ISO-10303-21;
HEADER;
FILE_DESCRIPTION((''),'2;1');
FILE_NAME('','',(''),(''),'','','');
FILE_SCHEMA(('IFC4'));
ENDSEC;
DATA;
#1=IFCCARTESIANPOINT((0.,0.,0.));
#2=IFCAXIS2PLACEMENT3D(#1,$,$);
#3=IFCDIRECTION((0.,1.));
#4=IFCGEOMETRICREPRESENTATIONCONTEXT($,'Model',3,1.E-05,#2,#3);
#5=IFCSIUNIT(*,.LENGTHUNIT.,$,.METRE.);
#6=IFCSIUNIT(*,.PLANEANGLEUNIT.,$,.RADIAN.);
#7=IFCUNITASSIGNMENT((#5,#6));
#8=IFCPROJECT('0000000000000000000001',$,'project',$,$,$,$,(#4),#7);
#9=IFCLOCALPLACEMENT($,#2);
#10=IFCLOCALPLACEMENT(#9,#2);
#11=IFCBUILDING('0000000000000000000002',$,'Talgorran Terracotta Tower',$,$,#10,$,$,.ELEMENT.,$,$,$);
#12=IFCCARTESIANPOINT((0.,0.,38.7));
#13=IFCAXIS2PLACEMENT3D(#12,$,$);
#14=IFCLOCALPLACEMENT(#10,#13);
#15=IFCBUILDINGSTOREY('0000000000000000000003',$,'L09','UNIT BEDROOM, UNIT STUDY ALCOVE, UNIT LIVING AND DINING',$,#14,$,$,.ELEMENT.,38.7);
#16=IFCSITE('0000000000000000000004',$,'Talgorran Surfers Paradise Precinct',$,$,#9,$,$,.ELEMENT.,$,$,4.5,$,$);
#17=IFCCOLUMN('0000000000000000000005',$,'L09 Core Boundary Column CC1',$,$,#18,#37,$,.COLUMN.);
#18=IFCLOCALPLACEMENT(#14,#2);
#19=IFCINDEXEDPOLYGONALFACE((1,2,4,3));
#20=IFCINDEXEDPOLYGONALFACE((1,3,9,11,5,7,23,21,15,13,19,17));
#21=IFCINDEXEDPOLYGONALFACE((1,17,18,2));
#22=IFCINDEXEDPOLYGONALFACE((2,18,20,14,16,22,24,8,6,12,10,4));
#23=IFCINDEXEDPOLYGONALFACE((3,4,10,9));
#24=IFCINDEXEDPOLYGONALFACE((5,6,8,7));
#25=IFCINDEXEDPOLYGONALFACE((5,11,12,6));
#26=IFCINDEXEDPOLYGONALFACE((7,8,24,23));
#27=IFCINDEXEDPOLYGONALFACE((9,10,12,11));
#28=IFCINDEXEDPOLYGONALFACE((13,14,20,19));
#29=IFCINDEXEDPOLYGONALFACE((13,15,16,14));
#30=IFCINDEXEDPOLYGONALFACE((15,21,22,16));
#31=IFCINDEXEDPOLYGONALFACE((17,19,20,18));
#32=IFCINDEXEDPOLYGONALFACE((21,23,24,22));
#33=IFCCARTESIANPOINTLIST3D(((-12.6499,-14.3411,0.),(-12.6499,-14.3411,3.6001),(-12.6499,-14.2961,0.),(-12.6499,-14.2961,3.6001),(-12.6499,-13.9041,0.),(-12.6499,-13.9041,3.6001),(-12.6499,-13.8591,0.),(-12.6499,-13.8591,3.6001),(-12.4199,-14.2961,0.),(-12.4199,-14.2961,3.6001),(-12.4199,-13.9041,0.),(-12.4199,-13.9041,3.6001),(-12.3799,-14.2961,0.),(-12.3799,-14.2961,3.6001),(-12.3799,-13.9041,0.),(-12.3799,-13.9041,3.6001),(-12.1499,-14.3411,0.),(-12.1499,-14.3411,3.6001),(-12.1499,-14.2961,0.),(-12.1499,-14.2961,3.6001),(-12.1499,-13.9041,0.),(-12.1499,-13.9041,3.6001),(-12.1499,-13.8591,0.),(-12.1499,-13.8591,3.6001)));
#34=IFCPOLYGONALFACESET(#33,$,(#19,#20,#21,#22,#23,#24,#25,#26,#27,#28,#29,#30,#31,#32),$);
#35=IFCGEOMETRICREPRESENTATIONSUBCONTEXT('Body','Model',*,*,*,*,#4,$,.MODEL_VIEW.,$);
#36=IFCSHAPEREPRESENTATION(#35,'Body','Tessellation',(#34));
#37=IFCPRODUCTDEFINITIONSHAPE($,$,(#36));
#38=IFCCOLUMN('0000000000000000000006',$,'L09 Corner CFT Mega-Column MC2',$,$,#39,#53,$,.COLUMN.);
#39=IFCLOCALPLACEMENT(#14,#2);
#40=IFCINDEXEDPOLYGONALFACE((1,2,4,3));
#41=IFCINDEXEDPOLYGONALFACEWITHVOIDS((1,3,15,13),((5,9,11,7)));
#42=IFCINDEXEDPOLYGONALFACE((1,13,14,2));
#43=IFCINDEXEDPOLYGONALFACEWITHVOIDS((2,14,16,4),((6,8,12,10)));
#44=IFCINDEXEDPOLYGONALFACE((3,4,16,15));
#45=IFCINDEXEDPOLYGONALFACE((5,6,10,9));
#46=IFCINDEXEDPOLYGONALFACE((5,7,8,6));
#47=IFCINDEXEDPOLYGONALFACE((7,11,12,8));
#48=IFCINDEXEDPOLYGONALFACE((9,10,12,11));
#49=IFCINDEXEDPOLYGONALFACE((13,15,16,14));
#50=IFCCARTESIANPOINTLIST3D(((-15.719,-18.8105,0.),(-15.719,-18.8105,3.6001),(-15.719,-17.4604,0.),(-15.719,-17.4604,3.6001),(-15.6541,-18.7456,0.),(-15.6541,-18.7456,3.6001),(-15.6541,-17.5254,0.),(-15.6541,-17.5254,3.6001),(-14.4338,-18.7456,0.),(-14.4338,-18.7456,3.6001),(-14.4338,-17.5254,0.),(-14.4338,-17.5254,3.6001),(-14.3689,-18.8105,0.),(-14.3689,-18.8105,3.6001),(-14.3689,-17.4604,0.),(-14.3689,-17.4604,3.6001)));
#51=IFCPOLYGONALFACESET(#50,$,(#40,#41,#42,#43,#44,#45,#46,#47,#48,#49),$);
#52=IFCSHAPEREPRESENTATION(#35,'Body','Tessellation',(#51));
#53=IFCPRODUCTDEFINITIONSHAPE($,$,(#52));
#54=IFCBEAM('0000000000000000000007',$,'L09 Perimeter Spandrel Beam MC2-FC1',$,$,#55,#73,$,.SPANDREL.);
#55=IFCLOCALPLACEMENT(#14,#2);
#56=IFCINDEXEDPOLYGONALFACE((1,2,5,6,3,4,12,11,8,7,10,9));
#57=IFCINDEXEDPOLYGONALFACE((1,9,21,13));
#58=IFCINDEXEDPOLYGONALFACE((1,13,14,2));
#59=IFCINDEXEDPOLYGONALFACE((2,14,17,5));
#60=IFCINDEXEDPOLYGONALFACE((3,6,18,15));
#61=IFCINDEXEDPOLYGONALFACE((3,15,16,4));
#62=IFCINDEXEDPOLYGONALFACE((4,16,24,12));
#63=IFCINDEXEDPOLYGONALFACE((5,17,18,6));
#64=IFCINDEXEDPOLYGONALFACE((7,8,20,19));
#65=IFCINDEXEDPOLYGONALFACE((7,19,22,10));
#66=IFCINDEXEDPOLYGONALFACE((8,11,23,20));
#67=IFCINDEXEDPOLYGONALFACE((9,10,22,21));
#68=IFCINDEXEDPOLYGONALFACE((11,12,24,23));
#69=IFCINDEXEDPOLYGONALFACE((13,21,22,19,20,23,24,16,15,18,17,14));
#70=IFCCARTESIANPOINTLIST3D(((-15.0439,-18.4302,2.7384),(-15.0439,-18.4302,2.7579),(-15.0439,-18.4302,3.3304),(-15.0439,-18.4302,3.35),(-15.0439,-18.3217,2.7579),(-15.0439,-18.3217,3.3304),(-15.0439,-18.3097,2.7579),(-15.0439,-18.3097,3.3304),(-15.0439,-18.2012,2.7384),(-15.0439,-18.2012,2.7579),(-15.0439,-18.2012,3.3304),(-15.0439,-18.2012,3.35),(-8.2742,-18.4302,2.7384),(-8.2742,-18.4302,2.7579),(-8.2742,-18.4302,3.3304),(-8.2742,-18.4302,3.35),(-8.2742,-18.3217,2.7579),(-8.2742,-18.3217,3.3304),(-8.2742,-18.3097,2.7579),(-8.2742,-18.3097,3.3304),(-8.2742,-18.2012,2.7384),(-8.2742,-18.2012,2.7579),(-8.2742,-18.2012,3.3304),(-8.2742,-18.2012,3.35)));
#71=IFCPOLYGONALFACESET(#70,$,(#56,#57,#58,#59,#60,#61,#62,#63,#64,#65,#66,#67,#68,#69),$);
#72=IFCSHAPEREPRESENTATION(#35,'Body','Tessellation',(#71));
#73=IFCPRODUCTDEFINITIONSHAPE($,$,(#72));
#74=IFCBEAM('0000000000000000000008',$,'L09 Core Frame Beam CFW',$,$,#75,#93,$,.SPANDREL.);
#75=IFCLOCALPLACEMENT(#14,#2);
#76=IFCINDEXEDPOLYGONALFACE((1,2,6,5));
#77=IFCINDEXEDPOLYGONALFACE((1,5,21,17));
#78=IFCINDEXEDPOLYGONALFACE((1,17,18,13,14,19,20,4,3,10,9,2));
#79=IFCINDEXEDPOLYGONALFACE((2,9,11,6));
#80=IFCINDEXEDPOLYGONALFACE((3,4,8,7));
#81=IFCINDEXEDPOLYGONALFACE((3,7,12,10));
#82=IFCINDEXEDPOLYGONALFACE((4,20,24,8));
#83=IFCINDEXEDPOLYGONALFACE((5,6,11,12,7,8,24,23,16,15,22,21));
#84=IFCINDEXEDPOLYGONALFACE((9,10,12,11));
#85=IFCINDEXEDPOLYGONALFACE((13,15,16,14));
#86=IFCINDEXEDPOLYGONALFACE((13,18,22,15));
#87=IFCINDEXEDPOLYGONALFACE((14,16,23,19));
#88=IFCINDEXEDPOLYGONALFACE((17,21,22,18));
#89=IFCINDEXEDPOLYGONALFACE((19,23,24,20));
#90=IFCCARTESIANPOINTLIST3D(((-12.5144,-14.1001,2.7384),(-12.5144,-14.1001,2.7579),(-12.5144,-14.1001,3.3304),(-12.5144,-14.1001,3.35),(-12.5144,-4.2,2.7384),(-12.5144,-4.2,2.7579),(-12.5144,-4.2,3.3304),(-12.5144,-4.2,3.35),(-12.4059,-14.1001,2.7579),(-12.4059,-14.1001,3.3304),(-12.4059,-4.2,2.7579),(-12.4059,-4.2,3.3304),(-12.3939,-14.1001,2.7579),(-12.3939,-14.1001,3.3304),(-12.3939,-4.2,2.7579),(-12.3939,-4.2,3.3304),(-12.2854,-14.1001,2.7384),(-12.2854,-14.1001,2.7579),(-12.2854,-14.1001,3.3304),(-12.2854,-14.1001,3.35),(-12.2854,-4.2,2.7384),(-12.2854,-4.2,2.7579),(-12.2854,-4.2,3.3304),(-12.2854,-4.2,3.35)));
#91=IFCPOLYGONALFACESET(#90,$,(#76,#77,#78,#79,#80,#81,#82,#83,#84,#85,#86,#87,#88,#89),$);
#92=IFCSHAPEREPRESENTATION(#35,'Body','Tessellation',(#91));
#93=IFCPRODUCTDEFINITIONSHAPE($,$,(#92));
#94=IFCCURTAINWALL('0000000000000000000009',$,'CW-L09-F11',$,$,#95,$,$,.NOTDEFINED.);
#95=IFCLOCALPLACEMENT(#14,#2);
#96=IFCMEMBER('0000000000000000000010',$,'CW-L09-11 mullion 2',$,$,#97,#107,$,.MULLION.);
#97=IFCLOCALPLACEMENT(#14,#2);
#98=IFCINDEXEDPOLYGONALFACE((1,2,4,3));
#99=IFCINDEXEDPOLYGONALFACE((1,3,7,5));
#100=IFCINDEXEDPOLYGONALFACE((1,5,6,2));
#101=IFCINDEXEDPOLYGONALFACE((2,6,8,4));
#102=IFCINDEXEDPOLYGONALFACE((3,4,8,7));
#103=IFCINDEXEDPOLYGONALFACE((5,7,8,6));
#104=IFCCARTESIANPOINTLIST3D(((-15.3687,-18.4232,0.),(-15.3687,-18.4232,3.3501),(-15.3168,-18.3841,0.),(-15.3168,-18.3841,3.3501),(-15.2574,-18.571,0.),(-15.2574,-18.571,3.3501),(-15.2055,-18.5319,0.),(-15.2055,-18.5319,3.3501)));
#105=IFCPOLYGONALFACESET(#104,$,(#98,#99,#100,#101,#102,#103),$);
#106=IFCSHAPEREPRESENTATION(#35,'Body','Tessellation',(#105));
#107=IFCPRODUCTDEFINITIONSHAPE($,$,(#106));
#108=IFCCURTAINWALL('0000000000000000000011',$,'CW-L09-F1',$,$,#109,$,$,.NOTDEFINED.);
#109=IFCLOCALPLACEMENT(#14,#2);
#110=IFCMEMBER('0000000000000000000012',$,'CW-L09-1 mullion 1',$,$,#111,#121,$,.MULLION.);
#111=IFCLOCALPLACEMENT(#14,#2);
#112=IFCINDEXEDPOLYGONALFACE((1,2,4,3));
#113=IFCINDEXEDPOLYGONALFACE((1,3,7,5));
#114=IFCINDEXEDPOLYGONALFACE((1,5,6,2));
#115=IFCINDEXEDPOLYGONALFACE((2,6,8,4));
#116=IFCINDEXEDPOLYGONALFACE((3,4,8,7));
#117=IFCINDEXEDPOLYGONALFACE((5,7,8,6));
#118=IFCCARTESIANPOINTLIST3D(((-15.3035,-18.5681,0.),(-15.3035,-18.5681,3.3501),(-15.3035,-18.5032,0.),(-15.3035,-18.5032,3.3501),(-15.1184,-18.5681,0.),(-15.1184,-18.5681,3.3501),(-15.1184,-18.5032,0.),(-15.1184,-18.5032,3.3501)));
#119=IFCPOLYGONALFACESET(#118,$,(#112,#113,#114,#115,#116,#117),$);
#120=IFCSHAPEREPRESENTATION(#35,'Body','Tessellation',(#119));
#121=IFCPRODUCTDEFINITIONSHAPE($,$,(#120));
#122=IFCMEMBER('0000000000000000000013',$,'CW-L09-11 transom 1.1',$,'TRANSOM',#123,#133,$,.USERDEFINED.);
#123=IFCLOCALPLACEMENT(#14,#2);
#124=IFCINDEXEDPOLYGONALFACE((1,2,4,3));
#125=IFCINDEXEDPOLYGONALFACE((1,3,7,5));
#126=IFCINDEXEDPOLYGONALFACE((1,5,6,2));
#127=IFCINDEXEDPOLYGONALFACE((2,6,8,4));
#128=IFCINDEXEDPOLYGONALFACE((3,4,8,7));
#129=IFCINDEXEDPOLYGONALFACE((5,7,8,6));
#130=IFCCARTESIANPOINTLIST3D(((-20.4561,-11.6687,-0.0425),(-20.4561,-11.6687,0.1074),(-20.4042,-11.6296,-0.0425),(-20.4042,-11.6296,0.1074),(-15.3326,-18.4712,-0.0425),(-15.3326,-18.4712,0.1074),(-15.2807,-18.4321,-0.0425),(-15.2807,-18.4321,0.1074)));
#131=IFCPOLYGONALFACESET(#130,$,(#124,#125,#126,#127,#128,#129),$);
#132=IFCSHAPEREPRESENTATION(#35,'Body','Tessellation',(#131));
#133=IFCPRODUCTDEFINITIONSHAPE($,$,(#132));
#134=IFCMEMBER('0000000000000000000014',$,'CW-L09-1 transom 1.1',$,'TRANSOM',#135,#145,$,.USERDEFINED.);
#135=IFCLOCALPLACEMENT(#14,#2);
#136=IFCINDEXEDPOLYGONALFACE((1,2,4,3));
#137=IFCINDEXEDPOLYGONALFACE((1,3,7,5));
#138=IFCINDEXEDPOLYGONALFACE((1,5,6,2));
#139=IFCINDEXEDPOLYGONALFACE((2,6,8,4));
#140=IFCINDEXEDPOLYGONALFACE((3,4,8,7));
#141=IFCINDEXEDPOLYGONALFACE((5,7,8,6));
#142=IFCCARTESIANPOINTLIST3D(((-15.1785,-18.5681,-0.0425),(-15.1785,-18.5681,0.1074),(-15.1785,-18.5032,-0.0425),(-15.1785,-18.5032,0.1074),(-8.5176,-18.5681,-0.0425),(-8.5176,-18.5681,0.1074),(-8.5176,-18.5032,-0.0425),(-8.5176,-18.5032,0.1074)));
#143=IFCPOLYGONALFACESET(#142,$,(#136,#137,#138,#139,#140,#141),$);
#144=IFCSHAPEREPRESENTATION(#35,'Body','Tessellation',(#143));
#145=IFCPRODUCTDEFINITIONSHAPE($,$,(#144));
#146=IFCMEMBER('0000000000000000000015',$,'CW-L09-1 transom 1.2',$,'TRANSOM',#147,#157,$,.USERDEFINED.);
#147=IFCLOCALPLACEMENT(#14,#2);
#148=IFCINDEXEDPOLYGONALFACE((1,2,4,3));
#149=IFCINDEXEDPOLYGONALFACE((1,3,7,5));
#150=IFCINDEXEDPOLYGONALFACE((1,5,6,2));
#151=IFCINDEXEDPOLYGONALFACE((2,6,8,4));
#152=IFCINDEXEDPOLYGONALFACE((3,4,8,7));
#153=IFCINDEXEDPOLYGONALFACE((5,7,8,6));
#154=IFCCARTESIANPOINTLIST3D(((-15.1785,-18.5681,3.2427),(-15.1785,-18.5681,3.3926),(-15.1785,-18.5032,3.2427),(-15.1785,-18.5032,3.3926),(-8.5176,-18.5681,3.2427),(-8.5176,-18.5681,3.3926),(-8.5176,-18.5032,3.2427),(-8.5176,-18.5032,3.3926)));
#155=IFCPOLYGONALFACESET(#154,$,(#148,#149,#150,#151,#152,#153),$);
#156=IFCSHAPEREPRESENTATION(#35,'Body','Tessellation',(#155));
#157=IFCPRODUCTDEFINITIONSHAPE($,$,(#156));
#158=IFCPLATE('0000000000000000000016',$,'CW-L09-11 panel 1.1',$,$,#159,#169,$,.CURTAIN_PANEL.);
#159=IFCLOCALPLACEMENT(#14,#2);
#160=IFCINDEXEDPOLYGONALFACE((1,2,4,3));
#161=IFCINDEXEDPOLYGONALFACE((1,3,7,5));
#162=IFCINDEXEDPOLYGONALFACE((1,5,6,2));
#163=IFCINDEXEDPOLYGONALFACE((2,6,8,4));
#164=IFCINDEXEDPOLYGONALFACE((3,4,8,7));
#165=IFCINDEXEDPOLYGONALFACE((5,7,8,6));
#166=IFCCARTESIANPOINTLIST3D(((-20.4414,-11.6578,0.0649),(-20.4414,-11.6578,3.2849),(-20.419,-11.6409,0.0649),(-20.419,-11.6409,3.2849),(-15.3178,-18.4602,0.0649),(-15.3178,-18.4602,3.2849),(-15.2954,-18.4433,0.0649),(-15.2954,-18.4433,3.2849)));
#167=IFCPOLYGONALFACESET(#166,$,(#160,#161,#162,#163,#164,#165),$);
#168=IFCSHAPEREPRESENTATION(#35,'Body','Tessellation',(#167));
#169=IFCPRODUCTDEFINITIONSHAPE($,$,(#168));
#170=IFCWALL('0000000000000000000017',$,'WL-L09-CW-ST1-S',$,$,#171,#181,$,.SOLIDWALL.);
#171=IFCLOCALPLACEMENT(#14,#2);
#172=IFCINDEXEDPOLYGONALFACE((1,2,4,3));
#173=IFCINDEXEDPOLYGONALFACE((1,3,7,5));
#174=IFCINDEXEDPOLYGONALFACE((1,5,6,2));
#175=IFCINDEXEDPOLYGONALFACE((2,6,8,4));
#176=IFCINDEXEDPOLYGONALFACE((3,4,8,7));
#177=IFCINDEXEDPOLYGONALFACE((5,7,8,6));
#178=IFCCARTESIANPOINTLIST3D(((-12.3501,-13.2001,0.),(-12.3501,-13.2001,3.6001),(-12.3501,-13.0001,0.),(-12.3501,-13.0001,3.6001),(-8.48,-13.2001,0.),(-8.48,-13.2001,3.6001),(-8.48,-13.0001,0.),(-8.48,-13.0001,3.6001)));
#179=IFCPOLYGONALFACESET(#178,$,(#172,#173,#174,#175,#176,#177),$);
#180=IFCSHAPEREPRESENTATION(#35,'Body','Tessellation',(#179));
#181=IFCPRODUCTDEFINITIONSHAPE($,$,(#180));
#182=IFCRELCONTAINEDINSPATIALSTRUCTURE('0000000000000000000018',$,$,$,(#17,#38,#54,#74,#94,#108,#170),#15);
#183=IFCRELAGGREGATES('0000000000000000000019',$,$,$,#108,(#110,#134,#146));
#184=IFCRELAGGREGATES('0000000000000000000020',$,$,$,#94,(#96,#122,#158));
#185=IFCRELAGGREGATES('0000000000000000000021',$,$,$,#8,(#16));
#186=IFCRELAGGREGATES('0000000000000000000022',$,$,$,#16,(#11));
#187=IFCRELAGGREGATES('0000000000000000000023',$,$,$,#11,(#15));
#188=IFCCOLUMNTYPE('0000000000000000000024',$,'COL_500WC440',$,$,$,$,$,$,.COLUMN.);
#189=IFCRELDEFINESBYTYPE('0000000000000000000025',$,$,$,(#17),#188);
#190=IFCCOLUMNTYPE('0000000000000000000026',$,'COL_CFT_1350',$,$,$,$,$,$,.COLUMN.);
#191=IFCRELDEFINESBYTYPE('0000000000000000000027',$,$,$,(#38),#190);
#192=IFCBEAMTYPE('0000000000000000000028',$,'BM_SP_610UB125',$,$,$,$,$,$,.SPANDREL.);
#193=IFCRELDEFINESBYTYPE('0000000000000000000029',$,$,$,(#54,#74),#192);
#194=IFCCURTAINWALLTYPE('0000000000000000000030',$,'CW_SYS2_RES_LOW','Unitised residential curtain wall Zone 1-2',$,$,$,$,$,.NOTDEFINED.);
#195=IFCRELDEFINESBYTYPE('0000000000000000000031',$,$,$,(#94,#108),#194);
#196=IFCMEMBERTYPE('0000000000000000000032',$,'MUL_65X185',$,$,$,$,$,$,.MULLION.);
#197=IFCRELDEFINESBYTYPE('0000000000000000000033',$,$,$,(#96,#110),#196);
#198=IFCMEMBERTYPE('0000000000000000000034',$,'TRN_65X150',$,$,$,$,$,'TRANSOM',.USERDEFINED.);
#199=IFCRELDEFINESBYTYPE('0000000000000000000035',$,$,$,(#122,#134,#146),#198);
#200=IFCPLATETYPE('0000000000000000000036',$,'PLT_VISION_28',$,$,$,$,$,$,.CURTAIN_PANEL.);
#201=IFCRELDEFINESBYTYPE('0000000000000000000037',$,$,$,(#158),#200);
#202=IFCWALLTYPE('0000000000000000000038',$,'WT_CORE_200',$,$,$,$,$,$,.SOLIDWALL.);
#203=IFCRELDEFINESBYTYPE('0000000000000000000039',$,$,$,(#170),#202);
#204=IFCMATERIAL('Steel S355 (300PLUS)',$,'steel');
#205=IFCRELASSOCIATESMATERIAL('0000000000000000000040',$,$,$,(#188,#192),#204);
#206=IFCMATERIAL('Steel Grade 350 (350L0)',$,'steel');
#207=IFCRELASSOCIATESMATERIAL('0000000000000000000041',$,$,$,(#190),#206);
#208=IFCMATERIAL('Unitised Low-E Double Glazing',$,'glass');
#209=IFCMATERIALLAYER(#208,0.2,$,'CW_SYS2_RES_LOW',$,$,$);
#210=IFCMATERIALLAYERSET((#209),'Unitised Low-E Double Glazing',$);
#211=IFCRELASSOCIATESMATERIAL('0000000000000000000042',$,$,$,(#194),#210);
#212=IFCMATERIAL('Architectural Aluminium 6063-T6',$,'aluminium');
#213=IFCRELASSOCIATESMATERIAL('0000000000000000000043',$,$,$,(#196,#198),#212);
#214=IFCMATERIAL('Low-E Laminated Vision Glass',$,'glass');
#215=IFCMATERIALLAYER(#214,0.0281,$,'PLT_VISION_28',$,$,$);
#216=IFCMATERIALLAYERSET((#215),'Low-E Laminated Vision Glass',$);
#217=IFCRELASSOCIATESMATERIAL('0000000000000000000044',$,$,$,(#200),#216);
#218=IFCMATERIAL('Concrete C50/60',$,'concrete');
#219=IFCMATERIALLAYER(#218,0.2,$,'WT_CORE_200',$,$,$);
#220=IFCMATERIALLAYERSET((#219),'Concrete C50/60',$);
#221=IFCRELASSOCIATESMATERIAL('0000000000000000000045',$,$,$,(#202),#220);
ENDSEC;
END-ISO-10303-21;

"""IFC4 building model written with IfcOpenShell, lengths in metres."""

from ifc_helpers import new_model, si_unit, direction, frame, frame_2d, origin, origin_2d, place, context, subcontext, project, spatial, rectangle, hollow_rectangle, i_section, extrude, source, transform, mapped, material, layer, layer_set, material_profile, profile_set, type_object, type_shapes, element, aggregate, save


model = new_model("IFC4")

# Units and contexts
model_context = context("Model", 3, precision=1e-05, world=origin(), true_north=direction((0.0, 1.0)))
body_context = subcontext(model_context, "Body", "Model", "MODEL_VIEW")
ifc_project = project(units=[si_unit("LENGTHUNIT", "METRE"), si_unit("PLANEANGLEUNIT", "RADIAN")], contexts=[model_context])

# Site, building, storey
site_placement = place(None, origin())
site = spatial("IfcSite", under=ifc_project, at=site_placement, Name="Talgorran Surfers Paradise Precinct", CompositionType="ELEMENT", RefElevation=4.5)
building_placement = place(site_placement, origin())
building = spatial("IfcBuilding", under=site, at=building_placement, Name="Talgorran Terracotta Tower", CompositionType="ELEMENT")
storey_placement = place(building_placement, frame((0.0, 0.0, 38.7)))
storey = spatial("IfcBuildingStorey", under=building, at=storey_placement, Name="L09", Description="UNIT BEDROOM, UNIT STUDY ALCOVE, UNIT LIVING AND DINING", CompositionType="ELEMENT", Elevation=38.7)

# Columns
ifc_material_1 = material(Name="Steel S355 (300PLUS)", Category="steel")
ifc_material_profile_1 = material_profile(ifc_material_1, i_section(OverallWidth=0.5, OverallDepth=0.4819, WebThickness=0.04, FlangeThickness=0.0449, at=origin_2d()), Name="500WC440")
ifc_profile_set_1 = profile_set([ifc_material_profile_1], Name="Steel S355 (300PLUS)")
column_type_1 = type_object("IfcColumnType", Name="COL_500WC440", PredefinedType="COLUMN", material=ifc_profile_set_1)
column_1_placement = place(storey_placement, frame((-12.3999, -14.1001, 0.0), z_axis=(0.0, 0.0, 1.0), x_axis=(1.0, 0.0, 0.0)))
element("IfcColumn", 1, at=column_1_placement, inside=storey, type_object=column_type_1, Name="L09 Core Boundary Column CC1", PredefinedType="COLUMN", context=body_context, shape_type="SweptSolid", body=[
    extrude(i_section(OverallWidth=0.5, OverallDepth=0.4819, WebThickness=0.04, FlangeThickness=0.0449, at=origin_2d()), origin(), (0.0, 0.0, 1.0), 3.6001),
])
ifc_material_2 = material(Name="Steel Grade 350 (350L0)", Category="steel")
ifc_material_profile_2 = material_profile(ifc_material_2, hollow_rectangle(XDim=1.3501, YDim=1.3501, WallThickness=0.0649, at=origin_2d()), Name="CFT1350X1350X65")
ifc_profile_set_2 = profile_set([ifc_material_profile_2], Name="Steel Grade 350 (350L0)")
column_type_2 = type_object("IfcColumnType", Name="COL_CFT_1350", PredefinedType="COLUMN", material=ifc_profile_set_2)
column_2_placement = place(storey_placement, frame((-15.0439, -18.1355, 0.0), z_axis=(0.0, 0.0, 1.0), x_axis=(1.0, 0.0, 0.0)))
element("IfcColumn", 2, at=column_2_placement, inside=storey, type_object=column_type_2, Name="L09 Corner CFT Mega-Column MC2", PredefinedType="COLUMN", context=body_context, shape_type="SweptSolid", body=[
    extrude(hollow_rectangle(XDim=1.3501, YDim=1.3501, WallThickness=0.0649, at=origin_2d()), origin(), (0.0, 0.0, 1.0), 3.6001),
])

# Beams
ifc_material_profile_3 = material_profile(ifc_material_1, i_section(OverallWidth=0.229, OverallDepth=0.6116, WebThickness=0.012, FlangeThickness=0.0195, at=origin_2d()), Name="610UB125")
ifc_profile_set_3 = profile_set([ifc_material_profile_3], Name="Steel S355 (300PLUS)")
beam_type = type_object("IfcBeamType", Name="BM_SP_610UB125", PredefinedType="SPANDREL", material=ifc_profile_set_3)
beam_1_placement = place(storey_placement, frame((-15.0439, -18.3157, 3.0442), z_axis=(1.0, 0.0, 0.0), x_axis=(0.0, 1.0, 0.0)))
element("IfcBeam", 3, at=beam_1_placement, inside=storey, type_object=beam_type, Name="L09 Perimeter Spandrel Beam MC2-FC1", PredefinedType="SPANDREL", context=body_context, shape_type="SweptSolid", body=[
    extrude(i_section(OverallWidth=0.229, OverallDepth=0.6116, WebThickness=0.012, FlangeThickness=0.0195, at=origin_2d()), origin(), (0.0, 0.0, 1.0), 6.7698),
])
beam_2_placement = place(storey_placement, frame((-12.3999, -14.1001, 3.0442), z_axis=(0.0, 1.0, 0.0), x_axis=(-1.0, 0.0, 0.0)))
element("IfcBeam", 4, at=beam_2_placement, inside=storey, type_object=beam_type, Name="L09 Core Frame Beam CFW", PredefinedType="SPANDREL", context=body_context, shape_type="SweptSolid", body=[
    extrude(i_section(OverallWidth=0.229, OverallDepth=0.6116, WebThickness=0.012, FlangeThickness=0.0195, at=origin_2d()), origin(), (0.0, 0.0, 1.0), 9.9001),
])

# Curtain walls, members
ifc_material_3 = material(Name="Unitised Low-E Double Glazing", Category="glass")
ifc_layer_1 = layer(ifc_material_3, 0.2, Name="CW_SYS2_RES_LOW")
ifc_layer_set_1 = layer_set([ifc_layer_1], Name="Unitised Low-E Double Glazing")
curtain_wall_type = type_object("IfcCurtainWallType", Name="CW_SYS2_RES_LOW", Description="Unitised residential curtain wall Zone 1-2", PredefinedType="NOTDEFINED", material=ifc_layer_set_1)
curtain_wall_1_placement = place(storey_placement, origin())
curtain_wall_1 = element("IfcCurtainWall", 5, at=curtain_wall_1_placement, inside=storey, type_object=curtain_wall_type, Name="CW-L09-F11", PredefinedType="NOTDEFINED")
ifc_material_4 = material(Name="Architectural Aluminium 6063-T6", Category="aluminium")
ifc_material_profile_4 = material_profile(ifc_material_4, rectangle(XDim=0.0649, YDim=0.1851, at=origin_2d()), Name="CWM65X185")
ifc_profile_set_4 = profile_set([ifc_material_profile_4], Name="Architectural Aluminium 6063-T6")
member_type_1 = type_object("IfcMemberType", Name="MUL_65X185", PredefinedType="MULLION", material=ifc_profile_set_4)
member_1_placement = place(storey_placement, frame((-15.2871, -18.4775, 0.0), z_axis=(0.0, 0.0, 1.0), x_axis=(0.798773, 0.601633, 0.0)))
member_1 = element("IfcMember", 6, at=member_1_placement, type_object=member_type_1, Name="CW-L09-11 mullion 2", PredefinedType="MULLION", context=body_context, shape_type="SweptSolid", body=[
    extrude(rectangle(XDim=0.0649, YDim=0.1851, at=origin_2d()), origin(), (0.0, 0.0, 1.0), 3.3501),
])
curtain_wall_2_placement = place(storey_placement, origin())
curtain_wall_2 = element("IfcCurtainWall", 7, at=curtain_wall_2_placement, inside=storey, type_object=curtain_wall_type, Name="CW-L09-F1", PredefinedType="NOTDEFINED")
member_2_placement = place(storey_placement, frame((-15.2109, -18.5356, 0.0), z_axis=(0.0, 0.0, 1.0), x_axis=(0.0, 1.0, 0.0)))
member_2 = element("IfcMember", 8, at=member_2_placement, type_object=member_type_1, Name="CW-L09-1 mullion 1", PredefinedType="MULLION", context=body_context, shape_type="SweptSolid", body=[
    extrude(rectangle(XDim=0.0649, YDim=0.1851, at=origin_2d()), origin(), (0.0, 0.0, 1.0), 3.3501),
])

# Members
ifc_material_profile_5 = material_profile(ifc_material_4, rectangle(XDim=0.0649, YDim=0.1499, at=origin_2d()), Name="CWT65X150")
ifc_profile_set_5 = profile_set([ifc_material_profile_5], Name="Architectural Aluminium 6063-T6")
member_type_2 = type_object("IfcMemberType", Name="TRN_65X150", ElementType="TRANSOM", PredefinedType="USERDEFINED", material=ifc_profile_set_5)
member_3_placement = place(storey_placement, frame((-20.4302, -11.6492, 0.0325), z_axis=(0.601627, -0.798777, 0.0), x_axis=(0.798777, 0.601627, 0.0)))
member_3 = element("IfcMember", 9, at=member_3_placement, type_object=member_type_2, Name="CW-L09-11 transom 1.1", ObjectType="TRANSOM", PredefinedType="USERDEFINED", context=body_context, shape_type="SweptSolid", body=[
    extrude(rectangle(XDim=0.0649, YDim=0.1499, at=origin_2d()), origin(), (0.0, 0.0, 1.0), 8.5161),
])
member_4_placement = place(storey_placement, frame((-15.1785, -18.5356, 0.0325), z_axis=(1.0, 0.0, 0.0), x_axis=(0.0, 1.0, 0.0)))
member_4 = element("IfcMember", 10, at=member_4_placement, type_object=member_type_2, Name="CW-L09-1 transom 1.1", ObjectType="TRANSOM", PredefinedType="USERDEFINED", context=body_context, shape_type="SweptSolid", body=[
    extrude(rectangle(XDim=0.0649, YDim=0.1499, at=origin_2d()), origin(), (0.0, 0.0, 1.0), 6.6609),
])
member_5_placement = place(storey_placement, frame((-15.1785, -18.5356, 3.3176), z_axis=(1.0, 0.0, 0.0), x_axis=(0.0, 1.0, 0.0)))
member_5 = element("IfcMember", 11, at=member_5_placement, type_object=member_type_2, Name="CW-L09-1 transom 1.2", ObjectType="TRANSOM", PredefinedType="USERDEFINED", context=body_context, shape_type="SweptSolid", body=[
    extrude(rectangle(XDim=0.0649, YDim=0.1499, at=origin_2d()), origin(), (0.0, 0.0, 1.0), 6.6609),
])
aggregate(curtain_wall_2, [member_2, member_4, member_5])

# Plate
ifc_material_5 = material(Name="Low-E Laminated Vision Glass", Category="glass")
ifc_layer_2 = layer(ifc_material_5, 0.0281, Name="PLT_VISION_28")
ifc_layer_set_2 = layer_set([ifc_layer_2], Name="Low-E Laminated Vision Glass")
plate_type = type_object("IfcPlateType", Name="PLT_VISION_28", PredefinedType="CURTAIN_PANEL", material=ifc_layer_set_2)
shared_shape = source(origin(), body_context, "Body", "SweptSolid", [
    extrude(rectangle(XDim=8.5161, YDim=0.0281, at=origin_2d()), origin(), (0.0, 0.0, 1.0), 3.22),
])
type_shapes(plate_type, [shared_shape])
plate_placement = place(storey_placement, frame((-17.8684, -15.0505, 0.0649), z_axis=(0.0, 0.0, 1.0), x_axis=(0.601633, -0.798773, 0.0)))
plate = element("IfcPlate", 12, at=plate_placement, type_object=plate_type, Name="CW-L09-11 panel 1.1", PredefinedType="CURTAIN_PANEL", context=body_context, shape_type="MappedRepresentation", body=[
    mapped(shared_shape, transform((0.0, 0.0, 0.0), scale=1.0)),
])
aggregate(curtain_wall_1, [member_1, member_3, plate])

# Wall
ifc_material_6 = material(Name="Concrete C50/60", Category="concrete")
ifc_layer_3 = layer(ifc_material_6, 0.2, Name="WT_CORE_200")
ifc_layer_set_3 = layer_set([ifc_layer_3], Name="Concrete C50/60")
wall_type_1 = type_object("IfcWallType", Name="WT_CORE_200", PredefinedType="SOLIDWALL", material=ifc_layer_set_3)
wall_1_placement = place(storey_placement, frame((-12.3501, -13.1001, 0.0), z_axis=(0.0, 0.0, 1.0), x_axis=(1.0, 0.0, 0.0)))
element("IfcWall", 13, at=wall_1_placement, inside=storey, type_object=wall_type_1, Name="WL-L09-CW-ST1-S", PredefinedType="SOLIDWALL", context=body_context, shape_type="SweptSolid", body=[
    extrude(rectangle(XDim=3.8701, YDim=0.2, at=frame_2d((1.9351, 0.0))), origin(), (0.0, 0.0, 1.0), 3.6001),
])

save(model, "model.ifc")
